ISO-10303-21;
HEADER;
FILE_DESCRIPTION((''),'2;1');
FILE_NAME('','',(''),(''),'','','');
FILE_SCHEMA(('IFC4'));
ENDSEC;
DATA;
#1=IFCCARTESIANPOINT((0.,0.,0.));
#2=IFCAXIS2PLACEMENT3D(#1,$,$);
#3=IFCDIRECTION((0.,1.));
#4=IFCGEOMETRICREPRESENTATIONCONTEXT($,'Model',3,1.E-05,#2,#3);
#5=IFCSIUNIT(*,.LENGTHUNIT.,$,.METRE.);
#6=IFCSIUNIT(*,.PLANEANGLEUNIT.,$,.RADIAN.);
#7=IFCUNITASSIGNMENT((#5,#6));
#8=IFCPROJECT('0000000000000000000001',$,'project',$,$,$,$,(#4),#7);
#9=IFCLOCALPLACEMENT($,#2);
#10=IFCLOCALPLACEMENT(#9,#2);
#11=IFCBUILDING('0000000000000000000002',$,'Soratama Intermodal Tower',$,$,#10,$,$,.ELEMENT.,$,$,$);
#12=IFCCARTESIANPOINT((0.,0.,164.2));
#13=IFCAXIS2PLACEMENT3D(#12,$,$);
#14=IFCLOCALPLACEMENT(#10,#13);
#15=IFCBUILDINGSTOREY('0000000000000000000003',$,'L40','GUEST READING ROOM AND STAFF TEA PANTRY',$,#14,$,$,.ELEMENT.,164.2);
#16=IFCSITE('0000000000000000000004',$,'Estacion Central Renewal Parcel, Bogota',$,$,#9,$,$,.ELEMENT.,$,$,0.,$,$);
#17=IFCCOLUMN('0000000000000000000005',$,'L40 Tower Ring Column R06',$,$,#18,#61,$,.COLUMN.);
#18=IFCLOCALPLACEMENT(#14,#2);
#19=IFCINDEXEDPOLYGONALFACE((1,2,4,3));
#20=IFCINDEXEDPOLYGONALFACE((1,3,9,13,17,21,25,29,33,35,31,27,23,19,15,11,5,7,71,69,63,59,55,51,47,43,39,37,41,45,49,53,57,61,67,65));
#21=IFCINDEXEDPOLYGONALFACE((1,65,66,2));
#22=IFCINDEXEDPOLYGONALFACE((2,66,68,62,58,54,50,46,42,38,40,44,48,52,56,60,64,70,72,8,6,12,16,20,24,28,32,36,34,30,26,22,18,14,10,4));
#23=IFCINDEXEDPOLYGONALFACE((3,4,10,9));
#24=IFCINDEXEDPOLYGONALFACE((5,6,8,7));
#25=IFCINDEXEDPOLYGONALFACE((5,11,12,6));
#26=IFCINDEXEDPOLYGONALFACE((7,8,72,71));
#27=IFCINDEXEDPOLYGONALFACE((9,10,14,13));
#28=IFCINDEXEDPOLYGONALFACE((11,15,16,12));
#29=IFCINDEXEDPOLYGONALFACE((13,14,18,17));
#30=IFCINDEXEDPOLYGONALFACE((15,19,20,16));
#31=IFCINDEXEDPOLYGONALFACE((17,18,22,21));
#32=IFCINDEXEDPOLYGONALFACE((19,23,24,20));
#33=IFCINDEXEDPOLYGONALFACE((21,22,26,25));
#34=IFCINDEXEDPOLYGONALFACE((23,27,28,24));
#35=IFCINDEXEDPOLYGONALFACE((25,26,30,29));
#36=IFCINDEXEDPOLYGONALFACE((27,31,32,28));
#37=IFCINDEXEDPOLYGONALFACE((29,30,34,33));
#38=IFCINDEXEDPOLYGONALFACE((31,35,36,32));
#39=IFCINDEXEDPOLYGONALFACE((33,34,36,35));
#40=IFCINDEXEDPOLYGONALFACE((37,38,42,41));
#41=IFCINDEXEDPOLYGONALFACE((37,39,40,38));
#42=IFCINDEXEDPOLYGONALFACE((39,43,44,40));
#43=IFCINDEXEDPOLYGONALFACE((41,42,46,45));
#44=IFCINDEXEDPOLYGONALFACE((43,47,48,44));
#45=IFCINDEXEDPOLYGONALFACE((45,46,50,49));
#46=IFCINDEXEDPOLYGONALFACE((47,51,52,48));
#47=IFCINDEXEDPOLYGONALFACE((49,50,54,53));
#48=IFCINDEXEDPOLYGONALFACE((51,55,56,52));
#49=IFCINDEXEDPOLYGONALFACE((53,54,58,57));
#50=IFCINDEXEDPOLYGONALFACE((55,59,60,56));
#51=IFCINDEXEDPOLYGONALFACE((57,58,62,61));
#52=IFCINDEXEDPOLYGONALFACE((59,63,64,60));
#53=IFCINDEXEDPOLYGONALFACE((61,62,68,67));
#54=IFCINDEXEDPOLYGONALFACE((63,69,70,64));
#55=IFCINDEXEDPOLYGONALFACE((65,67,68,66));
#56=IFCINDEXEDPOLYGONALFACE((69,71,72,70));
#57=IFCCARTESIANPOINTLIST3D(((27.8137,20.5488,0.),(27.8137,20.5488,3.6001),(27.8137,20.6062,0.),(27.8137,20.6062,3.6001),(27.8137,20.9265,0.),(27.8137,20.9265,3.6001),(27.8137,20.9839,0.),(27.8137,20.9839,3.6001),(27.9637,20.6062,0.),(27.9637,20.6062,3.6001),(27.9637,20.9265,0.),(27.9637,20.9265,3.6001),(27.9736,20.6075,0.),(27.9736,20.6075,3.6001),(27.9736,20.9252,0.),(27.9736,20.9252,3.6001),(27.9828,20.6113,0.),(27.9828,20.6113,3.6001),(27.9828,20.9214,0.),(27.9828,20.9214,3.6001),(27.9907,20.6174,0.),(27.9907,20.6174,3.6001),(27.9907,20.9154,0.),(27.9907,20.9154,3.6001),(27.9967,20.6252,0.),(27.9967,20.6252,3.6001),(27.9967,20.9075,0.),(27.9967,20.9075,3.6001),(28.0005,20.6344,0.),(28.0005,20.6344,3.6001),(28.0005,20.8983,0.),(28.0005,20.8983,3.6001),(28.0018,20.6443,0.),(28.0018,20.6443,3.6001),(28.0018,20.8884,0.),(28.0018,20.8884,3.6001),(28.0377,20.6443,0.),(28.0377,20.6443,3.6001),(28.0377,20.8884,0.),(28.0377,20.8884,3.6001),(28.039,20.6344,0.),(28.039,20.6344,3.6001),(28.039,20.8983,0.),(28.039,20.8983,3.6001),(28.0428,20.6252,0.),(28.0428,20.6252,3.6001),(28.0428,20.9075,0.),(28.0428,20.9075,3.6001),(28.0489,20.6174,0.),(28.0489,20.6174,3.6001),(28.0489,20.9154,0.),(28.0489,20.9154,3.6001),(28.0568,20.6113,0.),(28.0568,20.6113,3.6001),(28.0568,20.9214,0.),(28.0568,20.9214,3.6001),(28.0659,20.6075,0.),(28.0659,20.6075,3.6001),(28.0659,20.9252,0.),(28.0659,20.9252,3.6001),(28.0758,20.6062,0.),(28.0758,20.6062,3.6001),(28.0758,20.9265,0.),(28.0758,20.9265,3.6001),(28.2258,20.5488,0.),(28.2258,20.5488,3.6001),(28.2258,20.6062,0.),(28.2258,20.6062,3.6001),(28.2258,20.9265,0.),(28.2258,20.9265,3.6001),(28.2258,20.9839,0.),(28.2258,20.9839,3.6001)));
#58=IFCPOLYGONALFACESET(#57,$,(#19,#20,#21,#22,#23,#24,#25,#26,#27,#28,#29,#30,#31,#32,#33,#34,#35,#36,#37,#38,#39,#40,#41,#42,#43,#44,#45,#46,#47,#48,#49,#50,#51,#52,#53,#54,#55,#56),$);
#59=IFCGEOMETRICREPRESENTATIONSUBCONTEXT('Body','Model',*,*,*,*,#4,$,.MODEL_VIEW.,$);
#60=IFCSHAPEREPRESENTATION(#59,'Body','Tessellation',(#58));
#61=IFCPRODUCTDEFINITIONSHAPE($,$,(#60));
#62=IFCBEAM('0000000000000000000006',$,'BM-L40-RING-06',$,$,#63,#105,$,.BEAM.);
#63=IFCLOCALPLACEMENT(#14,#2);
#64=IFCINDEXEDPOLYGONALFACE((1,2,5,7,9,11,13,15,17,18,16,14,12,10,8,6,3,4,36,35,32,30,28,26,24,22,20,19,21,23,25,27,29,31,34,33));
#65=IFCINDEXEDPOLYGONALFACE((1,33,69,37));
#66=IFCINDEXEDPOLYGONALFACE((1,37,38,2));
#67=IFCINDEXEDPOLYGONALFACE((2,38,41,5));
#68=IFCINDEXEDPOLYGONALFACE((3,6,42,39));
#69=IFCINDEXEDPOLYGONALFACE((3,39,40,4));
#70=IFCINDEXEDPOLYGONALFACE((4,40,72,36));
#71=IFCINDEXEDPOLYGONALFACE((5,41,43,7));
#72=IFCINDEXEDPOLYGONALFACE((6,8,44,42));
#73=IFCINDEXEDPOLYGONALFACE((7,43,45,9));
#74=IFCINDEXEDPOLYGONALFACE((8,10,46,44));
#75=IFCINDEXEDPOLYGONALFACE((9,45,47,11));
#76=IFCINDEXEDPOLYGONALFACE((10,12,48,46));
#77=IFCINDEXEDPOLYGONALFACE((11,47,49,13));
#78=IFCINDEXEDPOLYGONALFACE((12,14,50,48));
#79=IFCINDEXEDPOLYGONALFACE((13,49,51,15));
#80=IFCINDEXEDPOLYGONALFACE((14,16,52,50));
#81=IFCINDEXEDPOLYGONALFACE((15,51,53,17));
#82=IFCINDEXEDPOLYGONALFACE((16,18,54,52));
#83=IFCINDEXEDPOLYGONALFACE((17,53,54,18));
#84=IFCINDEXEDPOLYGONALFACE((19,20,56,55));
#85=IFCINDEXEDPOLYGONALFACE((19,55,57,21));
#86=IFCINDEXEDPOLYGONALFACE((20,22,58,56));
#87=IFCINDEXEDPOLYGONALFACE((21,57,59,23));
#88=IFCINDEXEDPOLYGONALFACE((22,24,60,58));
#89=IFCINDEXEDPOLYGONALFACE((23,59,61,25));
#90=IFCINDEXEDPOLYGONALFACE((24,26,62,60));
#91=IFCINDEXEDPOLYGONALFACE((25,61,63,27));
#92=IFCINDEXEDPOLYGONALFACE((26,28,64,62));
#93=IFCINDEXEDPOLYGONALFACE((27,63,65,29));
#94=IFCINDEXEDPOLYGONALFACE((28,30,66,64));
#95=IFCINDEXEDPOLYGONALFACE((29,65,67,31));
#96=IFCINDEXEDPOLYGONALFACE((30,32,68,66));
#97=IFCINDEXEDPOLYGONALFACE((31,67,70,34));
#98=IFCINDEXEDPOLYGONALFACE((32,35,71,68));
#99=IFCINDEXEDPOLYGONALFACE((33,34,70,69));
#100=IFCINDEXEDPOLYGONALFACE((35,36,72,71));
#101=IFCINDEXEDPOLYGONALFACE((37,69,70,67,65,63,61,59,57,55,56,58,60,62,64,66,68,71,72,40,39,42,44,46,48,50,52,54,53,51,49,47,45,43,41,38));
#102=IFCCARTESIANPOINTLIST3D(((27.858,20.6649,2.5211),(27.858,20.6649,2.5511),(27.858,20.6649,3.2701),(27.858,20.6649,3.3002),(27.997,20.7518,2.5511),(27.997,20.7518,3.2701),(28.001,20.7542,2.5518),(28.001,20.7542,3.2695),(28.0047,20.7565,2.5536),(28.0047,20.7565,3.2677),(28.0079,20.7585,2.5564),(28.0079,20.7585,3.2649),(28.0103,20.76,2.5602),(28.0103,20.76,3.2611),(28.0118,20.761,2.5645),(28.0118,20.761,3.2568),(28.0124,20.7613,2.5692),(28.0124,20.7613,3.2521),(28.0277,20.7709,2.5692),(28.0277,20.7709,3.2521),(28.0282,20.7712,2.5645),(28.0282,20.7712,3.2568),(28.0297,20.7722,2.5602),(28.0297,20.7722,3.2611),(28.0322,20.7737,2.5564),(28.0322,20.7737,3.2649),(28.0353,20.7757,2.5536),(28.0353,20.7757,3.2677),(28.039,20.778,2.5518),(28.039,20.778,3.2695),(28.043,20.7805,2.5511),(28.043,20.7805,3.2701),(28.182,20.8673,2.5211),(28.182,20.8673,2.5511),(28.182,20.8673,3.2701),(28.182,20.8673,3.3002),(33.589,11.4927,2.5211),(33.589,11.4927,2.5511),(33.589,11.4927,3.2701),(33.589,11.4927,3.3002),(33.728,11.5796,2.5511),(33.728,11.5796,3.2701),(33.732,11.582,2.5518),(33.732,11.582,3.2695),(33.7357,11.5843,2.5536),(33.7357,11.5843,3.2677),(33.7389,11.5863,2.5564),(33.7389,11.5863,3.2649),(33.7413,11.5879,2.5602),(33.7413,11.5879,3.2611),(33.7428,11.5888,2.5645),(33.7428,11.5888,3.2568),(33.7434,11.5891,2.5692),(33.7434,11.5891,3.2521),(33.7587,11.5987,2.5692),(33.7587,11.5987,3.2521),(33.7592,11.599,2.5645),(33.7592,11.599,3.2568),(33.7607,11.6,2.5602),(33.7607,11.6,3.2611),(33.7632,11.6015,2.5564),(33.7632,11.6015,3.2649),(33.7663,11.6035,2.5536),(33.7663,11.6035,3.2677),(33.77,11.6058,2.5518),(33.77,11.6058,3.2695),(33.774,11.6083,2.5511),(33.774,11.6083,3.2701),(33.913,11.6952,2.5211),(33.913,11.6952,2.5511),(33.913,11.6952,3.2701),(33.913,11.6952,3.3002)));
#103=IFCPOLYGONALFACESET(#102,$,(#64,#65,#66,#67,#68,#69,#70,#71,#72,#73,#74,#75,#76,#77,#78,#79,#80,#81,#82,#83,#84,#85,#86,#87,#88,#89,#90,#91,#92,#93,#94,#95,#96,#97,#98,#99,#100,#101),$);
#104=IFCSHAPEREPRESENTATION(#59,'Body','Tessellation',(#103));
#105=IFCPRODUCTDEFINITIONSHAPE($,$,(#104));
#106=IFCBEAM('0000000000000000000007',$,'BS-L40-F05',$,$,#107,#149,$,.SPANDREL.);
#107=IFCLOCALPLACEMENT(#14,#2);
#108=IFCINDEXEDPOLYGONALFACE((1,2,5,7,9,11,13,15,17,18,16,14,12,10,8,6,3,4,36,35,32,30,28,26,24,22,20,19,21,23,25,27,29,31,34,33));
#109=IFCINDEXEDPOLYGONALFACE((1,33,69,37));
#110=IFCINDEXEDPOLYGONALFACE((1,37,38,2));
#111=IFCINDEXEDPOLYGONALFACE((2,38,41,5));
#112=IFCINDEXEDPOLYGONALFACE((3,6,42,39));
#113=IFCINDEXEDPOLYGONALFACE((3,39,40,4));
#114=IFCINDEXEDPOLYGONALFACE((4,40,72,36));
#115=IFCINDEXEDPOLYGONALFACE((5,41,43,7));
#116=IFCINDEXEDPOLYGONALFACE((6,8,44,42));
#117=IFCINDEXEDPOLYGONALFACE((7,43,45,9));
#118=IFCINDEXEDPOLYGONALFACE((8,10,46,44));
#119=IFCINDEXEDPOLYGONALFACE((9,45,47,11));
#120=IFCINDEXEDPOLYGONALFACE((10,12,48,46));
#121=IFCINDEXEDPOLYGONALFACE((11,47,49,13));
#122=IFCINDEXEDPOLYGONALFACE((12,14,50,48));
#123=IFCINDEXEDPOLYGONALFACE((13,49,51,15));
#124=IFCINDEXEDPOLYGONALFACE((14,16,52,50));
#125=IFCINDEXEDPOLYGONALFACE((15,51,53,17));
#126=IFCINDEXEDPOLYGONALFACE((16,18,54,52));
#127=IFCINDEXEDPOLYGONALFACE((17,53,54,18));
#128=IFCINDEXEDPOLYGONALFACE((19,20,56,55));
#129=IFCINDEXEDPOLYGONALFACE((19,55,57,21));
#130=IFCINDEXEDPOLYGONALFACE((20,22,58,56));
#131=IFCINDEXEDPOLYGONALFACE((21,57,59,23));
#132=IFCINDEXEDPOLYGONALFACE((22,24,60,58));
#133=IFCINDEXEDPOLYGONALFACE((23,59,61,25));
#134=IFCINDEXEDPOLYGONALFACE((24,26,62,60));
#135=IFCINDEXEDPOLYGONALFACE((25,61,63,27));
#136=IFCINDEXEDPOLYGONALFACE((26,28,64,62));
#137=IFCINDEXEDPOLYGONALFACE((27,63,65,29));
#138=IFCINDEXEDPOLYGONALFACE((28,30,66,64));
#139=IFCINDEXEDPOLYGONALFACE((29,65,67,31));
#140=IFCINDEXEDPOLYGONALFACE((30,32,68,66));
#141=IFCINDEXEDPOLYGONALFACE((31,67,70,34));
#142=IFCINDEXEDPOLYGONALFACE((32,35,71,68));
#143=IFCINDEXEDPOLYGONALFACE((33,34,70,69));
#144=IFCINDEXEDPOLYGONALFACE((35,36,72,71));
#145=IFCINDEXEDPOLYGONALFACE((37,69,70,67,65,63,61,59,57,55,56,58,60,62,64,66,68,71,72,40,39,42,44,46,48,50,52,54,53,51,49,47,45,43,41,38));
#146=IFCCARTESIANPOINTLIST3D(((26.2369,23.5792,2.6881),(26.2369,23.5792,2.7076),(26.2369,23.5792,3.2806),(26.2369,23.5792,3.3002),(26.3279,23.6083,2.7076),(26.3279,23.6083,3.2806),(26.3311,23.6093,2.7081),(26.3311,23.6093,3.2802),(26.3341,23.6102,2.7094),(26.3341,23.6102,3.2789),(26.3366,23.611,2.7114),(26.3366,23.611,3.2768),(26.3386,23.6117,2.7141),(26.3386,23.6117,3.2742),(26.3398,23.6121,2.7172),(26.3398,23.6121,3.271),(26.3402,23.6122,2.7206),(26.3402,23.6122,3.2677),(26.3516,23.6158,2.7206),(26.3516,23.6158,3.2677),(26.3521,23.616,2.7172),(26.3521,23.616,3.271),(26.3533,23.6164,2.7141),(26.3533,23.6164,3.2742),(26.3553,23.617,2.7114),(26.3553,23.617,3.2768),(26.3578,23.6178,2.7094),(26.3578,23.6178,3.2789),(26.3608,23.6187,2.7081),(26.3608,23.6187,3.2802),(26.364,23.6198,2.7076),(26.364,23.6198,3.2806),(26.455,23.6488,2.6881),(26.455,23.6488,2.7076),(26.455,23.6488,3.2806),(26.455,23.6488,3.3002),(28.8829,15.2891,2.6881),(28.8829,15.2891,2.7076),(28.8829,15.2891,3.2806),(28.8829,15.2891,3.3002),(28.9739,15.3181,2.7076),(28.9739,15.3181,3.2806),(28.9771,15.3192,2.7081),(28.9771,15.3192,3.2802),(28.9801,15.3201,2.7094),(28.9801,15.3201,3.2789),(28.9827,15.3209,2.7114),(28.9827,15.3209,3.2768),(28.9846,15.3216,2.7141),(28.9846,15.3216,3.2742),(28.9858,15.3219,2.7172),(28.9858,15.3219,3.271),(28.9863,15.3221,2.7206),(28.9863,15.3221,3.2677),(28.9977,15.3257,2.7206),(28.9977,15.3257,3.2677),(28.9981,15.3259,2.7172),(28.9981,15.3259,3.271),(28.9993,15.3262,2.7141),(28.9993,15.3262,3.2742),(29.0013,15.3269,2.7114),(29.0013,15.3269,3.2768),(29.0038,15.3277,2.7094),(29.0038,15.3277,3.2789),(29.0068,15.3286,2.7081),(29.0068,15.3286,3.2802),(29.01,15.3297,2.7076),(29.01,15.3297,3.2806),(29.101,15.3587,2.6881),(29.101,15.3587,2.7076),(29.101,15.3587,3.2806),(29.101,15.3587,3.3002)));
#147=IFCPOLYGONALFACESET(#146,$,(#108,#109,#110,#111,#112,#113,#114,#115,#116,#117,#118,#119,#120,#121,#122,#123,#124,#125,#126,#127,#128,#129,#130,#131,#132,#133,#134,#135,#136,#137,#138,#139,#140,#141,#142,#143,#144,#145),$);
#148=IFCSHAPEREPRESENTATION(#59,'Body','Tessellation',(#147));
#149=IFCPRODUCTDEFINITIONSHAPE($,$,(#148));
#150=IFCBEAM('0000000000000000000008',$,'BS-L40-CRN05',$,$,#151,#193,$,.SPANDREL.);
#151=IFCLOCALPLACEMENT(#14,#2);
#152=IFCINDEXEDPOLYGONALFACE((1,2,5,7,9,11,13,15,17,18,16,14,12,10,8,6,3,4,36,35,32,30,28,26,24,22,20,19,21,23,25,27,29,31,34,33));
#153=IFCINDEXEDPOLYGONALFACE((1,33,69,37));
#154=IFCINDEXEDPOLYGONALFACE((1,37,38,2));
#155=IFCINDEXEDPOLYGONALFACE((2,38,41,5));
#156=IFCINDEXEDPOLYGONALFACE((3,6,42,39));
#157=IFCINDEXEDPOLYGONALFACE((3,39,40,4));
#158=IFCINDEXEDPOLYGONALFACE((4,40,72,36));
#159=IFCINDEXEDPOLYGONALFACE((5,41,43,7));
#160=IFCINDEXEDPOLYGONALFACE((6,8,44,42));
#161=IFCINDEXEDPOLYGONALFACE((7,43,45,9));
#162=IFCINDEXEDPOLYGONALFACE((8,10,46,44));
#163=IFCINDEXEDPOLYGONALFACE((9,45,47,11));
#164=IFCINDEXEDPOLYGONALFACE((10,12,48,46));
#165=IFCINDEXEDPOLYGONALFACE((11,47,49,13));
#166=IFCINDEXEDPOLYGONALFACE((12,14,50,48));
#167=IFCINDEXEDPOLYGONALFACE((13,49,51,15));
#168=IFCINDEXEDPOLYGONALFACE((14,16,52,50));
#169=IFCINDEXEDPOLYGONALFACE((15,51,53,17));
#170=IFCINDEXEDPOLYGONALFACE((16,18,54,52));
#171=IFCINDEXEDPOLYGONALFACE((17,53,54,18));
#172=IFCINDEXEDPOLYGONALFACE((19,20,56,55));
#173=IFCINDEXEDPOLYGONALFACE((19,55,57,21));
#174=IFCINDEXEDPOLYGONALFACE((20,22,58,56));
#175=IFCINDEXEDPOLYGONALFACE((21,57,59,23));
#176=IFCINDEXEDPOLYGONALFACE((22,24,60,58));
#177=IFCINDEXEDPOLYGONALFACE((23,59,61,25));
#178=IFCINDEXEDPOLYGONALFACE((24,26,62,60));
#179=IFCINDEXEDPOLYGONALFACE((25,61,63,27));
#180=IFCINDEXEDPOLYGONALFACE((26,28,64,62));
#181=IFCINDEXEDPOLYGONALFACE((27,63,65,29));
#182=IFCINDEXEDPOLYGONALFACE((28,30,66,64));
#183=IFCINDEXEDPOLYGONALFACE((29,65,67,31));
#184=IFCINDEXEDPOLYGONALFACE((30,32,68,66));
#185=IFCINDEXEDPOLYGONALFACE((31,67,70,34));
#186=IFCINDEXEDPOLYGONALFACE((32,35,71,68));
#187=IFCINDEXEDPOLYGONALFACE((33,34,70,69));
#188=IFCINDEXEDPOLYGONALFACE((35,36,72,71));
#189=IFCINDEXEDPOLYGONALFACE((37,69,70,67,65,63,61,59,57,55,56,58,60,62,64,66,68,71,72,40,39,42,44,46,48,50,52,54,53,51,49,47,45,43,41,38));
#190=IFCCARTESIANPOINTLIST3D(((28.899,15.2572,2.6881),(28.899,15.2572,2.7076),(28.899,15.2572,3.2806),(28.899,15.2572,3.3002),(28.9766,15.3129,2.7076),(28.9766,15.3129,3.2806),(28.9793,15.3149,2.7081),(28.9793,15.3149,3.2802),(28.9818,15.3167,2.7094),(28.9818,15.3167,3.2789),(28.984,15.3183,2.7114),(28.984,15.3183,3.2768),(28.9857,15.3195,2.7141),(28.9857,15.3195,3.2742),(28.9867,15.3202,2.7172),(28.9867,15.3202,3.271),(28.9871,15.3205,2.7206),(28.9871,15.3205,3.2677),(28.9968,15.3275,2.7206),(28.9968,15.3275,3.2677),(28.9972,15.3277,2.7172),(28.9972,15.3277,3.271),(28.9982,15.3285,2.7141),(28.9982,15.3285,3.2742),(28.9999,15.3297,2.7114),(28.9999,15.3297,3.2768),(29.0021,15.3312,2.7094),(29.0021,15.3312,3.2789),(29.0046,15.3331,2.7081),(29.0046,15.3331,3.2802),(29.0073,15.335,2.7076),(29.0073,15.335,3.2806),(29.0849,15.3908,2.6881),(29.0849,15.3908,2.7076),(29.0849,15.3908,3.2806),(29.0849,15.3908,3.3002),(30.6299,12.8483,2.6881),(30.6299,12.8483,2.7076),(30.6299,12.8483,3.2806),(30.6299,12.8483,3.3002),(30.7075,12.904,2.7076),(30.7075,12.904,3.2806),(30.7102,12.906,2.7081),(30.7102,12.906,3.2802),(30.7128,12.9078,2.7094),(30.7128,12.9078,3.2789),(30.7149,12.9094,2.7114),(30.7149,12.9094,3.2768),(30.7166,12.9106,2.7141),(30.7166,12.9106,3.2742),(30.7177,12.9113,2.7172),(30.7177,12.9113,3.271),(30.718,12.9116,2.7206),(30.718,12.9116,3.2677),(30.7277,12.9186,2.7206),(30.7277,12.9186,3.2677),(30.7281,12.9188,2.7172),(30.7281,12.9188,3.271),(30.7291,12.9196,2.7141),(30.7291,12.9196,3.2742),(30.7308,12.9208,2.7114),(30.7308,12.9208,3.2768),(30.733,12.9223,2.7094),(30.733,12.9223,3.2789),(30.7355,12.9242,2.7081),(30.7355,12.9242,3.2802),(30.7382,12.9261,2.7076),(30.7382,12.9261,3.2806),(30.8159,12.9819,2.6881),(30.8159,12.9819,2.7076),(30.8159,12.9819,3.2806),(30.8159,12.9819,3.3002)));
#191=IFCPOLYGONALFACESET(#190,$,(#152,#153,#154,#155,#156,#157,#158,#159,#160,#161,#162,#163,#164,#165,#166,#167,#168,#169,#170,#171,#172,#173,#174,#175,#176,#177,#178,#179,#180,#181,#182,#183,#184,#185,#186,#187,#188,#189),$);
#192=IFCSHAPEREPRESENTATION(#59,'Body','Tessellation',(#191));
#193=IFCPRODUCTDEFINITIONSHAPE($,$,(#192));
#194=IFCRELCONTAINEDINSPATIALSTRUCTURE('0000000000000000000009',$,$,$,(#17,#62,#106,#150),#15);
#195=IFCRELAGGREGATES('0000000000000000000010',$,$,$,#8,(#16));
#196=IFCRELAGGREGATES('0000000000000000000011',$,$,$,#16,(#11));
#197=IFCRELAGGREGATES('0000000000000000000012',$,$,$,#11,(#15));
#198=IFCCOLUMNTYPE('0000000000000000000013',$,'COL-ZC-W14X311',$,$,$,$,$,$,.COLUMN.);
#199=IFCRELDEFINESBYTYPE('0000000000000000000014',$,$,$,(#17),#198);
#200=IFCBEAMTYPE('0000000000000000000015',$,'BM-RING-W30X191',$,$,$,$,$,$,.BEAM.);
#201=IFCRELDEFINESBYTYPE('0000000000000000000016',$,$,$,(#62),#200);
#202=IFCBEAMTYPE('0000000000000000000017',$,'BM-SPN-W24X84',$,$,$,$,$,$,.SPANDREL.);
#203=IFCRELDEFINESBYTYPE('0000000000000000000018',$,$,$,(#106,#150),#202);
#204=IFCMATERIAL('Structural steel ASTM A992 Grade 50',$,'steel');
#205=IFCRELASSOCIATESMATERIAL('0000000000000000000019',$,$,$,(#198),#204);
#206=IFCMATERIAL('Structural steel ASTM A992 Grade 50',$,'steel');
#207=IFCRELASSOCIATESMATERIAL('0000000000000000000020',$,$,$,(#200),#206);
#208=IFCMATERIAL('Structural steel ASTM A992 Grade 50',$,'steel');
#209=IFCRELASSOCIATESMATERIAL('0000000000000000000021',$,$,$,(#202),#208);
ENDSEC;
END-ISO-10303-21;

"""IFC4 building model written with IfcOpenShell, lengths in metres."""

from ifc_helpers import new_model, si_unit, direction, frame, origin, origin_2d, place, context, subcontext, project, spatial, i_section, extrude, material, material_profile, profile_set, type_object, element, save


model = new_model("IFC4")

# Units and contexts
model_context = context("Model", 3, precision=1e-05, world=origin(), true_north=direction((0.0, 1.0)))
body_context = subcontext(model_context, "Body", "Model", "MODEL_VIEW")
ifc_project = project(units=[si_unit("LENGTHUNIT", "METRE"), si_unit("PLANEANGLEUNIT", "RADIAN")], contexts=[model_context])

# Site, building, storey
site_placement = place(None, origin())
site = spatial("IfcSite", under=ifc_project, at=site_placement, Name="Estacion Central Renewal Parcel, Bogota", CompositionType="ELEMENT", RefElevation=0.0)
building_placement = place(site_placement, origin())
building = spatial("IfcBuilding", under=site, at=building_placement, Name="Soratama Intermodal Tower", CompositionType="ELEMENT")
storey_placement = place(building_placement, frame((0.0, 0.0, 164.2)))
storey = spatial("IfcBuildingStorey", under=building, at=storey_placement, Name="L40", Description="GUEST READING ROOM AND STAFF TEA PANTRY", CompositionType="ELEMENT", Elevation=164.2)

# Column
ifc_material_1 = material(Name="Structural steel ASTM A992 Grade 50", Category="steel")
ifc_material_profile_1 = material_profile(ifc_material_1, i_section(OverallWidth=0.4121, OverallDepth=0.4351, WebThickness=0.0359, FlangeThickness=0.0574, FilletRadius=0.0381, at=origin_2d()), Name="W14X311")
ifc_profile_set_1 = profile_set([ifc_material_profile_1], Name="Structural steel ASTM A992 Grade 50")
column_type = type_object("IfcColumnType", Name="COL-ZC-W14X311", PredefinedType="COLUMN", material=ifc_profile_set_1)
column_placement = place(storey_placement, frame((28.0198, 20.7664, 0.0), z_axis=(0.0, 0.0, 1.0), x_axis=(1.0, 0.0, 0.0)))
element("IfcColumn", 1, at=column_placement, inside=storey, type_object=column_type, Name="L40 Tower Ring Column R06", PredefinedType="COLUMN", context=body_context, shape_type="SweptSolid", body=[
    extrude(i_section(OverallWidth=0.4121, OverallDepth=0.4351, WebThickness=0.0359, FlangeThickness=0.0574, FilletRadius=0.0381, at=origin_2d()), origin(), (0.0, 0.0, 1.0), 3.6001),
])

# Beams
ifc_material_2 = material(Name="Structural steel ASTM A992 Grade 50", Category="steel")
ifc_material_profile_2 = material_profile(ifc_material_2, i_section(OverallWidth=0.3821, OverallDepth=0.7791, WebThickness=0.0181, FlangeThickness=0.03, FilletRadius=0.0181, at=origin_2d()), Name="W30X191")
ifc_profile_set_2 = profile_set([ifc_material_profile_2], Name="Structural steel ASTM A992 Grade 50")
beam_type_1 = type_object("IfcBeamType", Name="BM-RING-W30X191", PredefinedType="BEAM", material=ifc_profile_set_2)
beam_1_placement = place(storey_placement, frame((28.02, 20.7661, 2.9106), z_axis=(0.529891, -0.848066, 0.0), x_axis=(0.848066, 0.529891, 0.0)))
element("IfcBeam", 2, at=beam_1_placement, inside=storey, type_object=beam_type_1, Name="BM-L40-RING-06", PredefinedType="BEAM", context=body_context, shape_type="SweptSolid", body=[
    extrude(i_section(OverallWidth=0.3821, OverallDepth=0.7791, WebThickness=0.0181, FlangeThickness=0.03, FilletRadius=0.0181, at=origin_2d()), origin(), (0.0, 0.0, 1.0), 10.8154),
])
ifc_material_3 = material(Name="Structural steel ASTM A992 Grade 50", Category="steel")
ifc_material_profile_3 = material_profile(ifc_material_3, i_section(OverallWidth=0.229, OverallDepth=0.6121, WebThickness=0.012, FlangeThickness=0.0195, FilletRadius=0.0129, at=origin_2d()), Name="W24X84")
ifc_profile_set_3 = profile_set([ifc_material_profile_3], Name="Structural steel ASTM A992 Grade 50")
beam_type_2 = type_object("IfcBeamType", Name="BM-SPN-W24X84", PredefinedType="SPANDREL", material=ifc_profile_set_3)
beam_2_placement = place(storey_placement, frame((26.3459, 23.614, 2.9941), z_axis=(0.304065, -0.952651, 0.0), x_axis=(0.952651, 0.304065, 0.0)))
element("IfcBeam", 3, at=beam_2_placement, inside=storey, type_object=beam_type_2, Name="BS-L40-F05", PredefinedType="SPANDREL", context=body_context, shape_type="SweptSolid", body=[
    extrude(i_section(OverallWidth=0.229, OverallDepth=0.6121, WebThickness=0.012, FlangeThickness=0.0195, FilletRadius=0.0129, at=origin_2d()), origin(), (0.0, 0.0, 1.0), 8.7021),
])
beam_3_placement = place(storey_placement, frame((28.9919, 15.324, 2.9941), z_axis=(0.583533, -0.81209, 0.0), x_axis=(0.81209, 0.583533, 0.0)))
element("IfcBeam", 4, at=beam_3_placement, inside=storey, type_object=beam_type_2, Name="BS-L40-CRN05", PredefinedType="SPANDREL", context=body_context, shape_type="SweptSolid", body=[
    extrude(i_section(OverallWidth=0.229, OverallDepth=0.6121, WebThickness=0.012, FlangeThickness=0.0195, FilletRadius=0.0129, at=origin_2d()), origin(), (0.0, 0.0, 1.0), 2.9663),
])

save(model, "model.ifc")
